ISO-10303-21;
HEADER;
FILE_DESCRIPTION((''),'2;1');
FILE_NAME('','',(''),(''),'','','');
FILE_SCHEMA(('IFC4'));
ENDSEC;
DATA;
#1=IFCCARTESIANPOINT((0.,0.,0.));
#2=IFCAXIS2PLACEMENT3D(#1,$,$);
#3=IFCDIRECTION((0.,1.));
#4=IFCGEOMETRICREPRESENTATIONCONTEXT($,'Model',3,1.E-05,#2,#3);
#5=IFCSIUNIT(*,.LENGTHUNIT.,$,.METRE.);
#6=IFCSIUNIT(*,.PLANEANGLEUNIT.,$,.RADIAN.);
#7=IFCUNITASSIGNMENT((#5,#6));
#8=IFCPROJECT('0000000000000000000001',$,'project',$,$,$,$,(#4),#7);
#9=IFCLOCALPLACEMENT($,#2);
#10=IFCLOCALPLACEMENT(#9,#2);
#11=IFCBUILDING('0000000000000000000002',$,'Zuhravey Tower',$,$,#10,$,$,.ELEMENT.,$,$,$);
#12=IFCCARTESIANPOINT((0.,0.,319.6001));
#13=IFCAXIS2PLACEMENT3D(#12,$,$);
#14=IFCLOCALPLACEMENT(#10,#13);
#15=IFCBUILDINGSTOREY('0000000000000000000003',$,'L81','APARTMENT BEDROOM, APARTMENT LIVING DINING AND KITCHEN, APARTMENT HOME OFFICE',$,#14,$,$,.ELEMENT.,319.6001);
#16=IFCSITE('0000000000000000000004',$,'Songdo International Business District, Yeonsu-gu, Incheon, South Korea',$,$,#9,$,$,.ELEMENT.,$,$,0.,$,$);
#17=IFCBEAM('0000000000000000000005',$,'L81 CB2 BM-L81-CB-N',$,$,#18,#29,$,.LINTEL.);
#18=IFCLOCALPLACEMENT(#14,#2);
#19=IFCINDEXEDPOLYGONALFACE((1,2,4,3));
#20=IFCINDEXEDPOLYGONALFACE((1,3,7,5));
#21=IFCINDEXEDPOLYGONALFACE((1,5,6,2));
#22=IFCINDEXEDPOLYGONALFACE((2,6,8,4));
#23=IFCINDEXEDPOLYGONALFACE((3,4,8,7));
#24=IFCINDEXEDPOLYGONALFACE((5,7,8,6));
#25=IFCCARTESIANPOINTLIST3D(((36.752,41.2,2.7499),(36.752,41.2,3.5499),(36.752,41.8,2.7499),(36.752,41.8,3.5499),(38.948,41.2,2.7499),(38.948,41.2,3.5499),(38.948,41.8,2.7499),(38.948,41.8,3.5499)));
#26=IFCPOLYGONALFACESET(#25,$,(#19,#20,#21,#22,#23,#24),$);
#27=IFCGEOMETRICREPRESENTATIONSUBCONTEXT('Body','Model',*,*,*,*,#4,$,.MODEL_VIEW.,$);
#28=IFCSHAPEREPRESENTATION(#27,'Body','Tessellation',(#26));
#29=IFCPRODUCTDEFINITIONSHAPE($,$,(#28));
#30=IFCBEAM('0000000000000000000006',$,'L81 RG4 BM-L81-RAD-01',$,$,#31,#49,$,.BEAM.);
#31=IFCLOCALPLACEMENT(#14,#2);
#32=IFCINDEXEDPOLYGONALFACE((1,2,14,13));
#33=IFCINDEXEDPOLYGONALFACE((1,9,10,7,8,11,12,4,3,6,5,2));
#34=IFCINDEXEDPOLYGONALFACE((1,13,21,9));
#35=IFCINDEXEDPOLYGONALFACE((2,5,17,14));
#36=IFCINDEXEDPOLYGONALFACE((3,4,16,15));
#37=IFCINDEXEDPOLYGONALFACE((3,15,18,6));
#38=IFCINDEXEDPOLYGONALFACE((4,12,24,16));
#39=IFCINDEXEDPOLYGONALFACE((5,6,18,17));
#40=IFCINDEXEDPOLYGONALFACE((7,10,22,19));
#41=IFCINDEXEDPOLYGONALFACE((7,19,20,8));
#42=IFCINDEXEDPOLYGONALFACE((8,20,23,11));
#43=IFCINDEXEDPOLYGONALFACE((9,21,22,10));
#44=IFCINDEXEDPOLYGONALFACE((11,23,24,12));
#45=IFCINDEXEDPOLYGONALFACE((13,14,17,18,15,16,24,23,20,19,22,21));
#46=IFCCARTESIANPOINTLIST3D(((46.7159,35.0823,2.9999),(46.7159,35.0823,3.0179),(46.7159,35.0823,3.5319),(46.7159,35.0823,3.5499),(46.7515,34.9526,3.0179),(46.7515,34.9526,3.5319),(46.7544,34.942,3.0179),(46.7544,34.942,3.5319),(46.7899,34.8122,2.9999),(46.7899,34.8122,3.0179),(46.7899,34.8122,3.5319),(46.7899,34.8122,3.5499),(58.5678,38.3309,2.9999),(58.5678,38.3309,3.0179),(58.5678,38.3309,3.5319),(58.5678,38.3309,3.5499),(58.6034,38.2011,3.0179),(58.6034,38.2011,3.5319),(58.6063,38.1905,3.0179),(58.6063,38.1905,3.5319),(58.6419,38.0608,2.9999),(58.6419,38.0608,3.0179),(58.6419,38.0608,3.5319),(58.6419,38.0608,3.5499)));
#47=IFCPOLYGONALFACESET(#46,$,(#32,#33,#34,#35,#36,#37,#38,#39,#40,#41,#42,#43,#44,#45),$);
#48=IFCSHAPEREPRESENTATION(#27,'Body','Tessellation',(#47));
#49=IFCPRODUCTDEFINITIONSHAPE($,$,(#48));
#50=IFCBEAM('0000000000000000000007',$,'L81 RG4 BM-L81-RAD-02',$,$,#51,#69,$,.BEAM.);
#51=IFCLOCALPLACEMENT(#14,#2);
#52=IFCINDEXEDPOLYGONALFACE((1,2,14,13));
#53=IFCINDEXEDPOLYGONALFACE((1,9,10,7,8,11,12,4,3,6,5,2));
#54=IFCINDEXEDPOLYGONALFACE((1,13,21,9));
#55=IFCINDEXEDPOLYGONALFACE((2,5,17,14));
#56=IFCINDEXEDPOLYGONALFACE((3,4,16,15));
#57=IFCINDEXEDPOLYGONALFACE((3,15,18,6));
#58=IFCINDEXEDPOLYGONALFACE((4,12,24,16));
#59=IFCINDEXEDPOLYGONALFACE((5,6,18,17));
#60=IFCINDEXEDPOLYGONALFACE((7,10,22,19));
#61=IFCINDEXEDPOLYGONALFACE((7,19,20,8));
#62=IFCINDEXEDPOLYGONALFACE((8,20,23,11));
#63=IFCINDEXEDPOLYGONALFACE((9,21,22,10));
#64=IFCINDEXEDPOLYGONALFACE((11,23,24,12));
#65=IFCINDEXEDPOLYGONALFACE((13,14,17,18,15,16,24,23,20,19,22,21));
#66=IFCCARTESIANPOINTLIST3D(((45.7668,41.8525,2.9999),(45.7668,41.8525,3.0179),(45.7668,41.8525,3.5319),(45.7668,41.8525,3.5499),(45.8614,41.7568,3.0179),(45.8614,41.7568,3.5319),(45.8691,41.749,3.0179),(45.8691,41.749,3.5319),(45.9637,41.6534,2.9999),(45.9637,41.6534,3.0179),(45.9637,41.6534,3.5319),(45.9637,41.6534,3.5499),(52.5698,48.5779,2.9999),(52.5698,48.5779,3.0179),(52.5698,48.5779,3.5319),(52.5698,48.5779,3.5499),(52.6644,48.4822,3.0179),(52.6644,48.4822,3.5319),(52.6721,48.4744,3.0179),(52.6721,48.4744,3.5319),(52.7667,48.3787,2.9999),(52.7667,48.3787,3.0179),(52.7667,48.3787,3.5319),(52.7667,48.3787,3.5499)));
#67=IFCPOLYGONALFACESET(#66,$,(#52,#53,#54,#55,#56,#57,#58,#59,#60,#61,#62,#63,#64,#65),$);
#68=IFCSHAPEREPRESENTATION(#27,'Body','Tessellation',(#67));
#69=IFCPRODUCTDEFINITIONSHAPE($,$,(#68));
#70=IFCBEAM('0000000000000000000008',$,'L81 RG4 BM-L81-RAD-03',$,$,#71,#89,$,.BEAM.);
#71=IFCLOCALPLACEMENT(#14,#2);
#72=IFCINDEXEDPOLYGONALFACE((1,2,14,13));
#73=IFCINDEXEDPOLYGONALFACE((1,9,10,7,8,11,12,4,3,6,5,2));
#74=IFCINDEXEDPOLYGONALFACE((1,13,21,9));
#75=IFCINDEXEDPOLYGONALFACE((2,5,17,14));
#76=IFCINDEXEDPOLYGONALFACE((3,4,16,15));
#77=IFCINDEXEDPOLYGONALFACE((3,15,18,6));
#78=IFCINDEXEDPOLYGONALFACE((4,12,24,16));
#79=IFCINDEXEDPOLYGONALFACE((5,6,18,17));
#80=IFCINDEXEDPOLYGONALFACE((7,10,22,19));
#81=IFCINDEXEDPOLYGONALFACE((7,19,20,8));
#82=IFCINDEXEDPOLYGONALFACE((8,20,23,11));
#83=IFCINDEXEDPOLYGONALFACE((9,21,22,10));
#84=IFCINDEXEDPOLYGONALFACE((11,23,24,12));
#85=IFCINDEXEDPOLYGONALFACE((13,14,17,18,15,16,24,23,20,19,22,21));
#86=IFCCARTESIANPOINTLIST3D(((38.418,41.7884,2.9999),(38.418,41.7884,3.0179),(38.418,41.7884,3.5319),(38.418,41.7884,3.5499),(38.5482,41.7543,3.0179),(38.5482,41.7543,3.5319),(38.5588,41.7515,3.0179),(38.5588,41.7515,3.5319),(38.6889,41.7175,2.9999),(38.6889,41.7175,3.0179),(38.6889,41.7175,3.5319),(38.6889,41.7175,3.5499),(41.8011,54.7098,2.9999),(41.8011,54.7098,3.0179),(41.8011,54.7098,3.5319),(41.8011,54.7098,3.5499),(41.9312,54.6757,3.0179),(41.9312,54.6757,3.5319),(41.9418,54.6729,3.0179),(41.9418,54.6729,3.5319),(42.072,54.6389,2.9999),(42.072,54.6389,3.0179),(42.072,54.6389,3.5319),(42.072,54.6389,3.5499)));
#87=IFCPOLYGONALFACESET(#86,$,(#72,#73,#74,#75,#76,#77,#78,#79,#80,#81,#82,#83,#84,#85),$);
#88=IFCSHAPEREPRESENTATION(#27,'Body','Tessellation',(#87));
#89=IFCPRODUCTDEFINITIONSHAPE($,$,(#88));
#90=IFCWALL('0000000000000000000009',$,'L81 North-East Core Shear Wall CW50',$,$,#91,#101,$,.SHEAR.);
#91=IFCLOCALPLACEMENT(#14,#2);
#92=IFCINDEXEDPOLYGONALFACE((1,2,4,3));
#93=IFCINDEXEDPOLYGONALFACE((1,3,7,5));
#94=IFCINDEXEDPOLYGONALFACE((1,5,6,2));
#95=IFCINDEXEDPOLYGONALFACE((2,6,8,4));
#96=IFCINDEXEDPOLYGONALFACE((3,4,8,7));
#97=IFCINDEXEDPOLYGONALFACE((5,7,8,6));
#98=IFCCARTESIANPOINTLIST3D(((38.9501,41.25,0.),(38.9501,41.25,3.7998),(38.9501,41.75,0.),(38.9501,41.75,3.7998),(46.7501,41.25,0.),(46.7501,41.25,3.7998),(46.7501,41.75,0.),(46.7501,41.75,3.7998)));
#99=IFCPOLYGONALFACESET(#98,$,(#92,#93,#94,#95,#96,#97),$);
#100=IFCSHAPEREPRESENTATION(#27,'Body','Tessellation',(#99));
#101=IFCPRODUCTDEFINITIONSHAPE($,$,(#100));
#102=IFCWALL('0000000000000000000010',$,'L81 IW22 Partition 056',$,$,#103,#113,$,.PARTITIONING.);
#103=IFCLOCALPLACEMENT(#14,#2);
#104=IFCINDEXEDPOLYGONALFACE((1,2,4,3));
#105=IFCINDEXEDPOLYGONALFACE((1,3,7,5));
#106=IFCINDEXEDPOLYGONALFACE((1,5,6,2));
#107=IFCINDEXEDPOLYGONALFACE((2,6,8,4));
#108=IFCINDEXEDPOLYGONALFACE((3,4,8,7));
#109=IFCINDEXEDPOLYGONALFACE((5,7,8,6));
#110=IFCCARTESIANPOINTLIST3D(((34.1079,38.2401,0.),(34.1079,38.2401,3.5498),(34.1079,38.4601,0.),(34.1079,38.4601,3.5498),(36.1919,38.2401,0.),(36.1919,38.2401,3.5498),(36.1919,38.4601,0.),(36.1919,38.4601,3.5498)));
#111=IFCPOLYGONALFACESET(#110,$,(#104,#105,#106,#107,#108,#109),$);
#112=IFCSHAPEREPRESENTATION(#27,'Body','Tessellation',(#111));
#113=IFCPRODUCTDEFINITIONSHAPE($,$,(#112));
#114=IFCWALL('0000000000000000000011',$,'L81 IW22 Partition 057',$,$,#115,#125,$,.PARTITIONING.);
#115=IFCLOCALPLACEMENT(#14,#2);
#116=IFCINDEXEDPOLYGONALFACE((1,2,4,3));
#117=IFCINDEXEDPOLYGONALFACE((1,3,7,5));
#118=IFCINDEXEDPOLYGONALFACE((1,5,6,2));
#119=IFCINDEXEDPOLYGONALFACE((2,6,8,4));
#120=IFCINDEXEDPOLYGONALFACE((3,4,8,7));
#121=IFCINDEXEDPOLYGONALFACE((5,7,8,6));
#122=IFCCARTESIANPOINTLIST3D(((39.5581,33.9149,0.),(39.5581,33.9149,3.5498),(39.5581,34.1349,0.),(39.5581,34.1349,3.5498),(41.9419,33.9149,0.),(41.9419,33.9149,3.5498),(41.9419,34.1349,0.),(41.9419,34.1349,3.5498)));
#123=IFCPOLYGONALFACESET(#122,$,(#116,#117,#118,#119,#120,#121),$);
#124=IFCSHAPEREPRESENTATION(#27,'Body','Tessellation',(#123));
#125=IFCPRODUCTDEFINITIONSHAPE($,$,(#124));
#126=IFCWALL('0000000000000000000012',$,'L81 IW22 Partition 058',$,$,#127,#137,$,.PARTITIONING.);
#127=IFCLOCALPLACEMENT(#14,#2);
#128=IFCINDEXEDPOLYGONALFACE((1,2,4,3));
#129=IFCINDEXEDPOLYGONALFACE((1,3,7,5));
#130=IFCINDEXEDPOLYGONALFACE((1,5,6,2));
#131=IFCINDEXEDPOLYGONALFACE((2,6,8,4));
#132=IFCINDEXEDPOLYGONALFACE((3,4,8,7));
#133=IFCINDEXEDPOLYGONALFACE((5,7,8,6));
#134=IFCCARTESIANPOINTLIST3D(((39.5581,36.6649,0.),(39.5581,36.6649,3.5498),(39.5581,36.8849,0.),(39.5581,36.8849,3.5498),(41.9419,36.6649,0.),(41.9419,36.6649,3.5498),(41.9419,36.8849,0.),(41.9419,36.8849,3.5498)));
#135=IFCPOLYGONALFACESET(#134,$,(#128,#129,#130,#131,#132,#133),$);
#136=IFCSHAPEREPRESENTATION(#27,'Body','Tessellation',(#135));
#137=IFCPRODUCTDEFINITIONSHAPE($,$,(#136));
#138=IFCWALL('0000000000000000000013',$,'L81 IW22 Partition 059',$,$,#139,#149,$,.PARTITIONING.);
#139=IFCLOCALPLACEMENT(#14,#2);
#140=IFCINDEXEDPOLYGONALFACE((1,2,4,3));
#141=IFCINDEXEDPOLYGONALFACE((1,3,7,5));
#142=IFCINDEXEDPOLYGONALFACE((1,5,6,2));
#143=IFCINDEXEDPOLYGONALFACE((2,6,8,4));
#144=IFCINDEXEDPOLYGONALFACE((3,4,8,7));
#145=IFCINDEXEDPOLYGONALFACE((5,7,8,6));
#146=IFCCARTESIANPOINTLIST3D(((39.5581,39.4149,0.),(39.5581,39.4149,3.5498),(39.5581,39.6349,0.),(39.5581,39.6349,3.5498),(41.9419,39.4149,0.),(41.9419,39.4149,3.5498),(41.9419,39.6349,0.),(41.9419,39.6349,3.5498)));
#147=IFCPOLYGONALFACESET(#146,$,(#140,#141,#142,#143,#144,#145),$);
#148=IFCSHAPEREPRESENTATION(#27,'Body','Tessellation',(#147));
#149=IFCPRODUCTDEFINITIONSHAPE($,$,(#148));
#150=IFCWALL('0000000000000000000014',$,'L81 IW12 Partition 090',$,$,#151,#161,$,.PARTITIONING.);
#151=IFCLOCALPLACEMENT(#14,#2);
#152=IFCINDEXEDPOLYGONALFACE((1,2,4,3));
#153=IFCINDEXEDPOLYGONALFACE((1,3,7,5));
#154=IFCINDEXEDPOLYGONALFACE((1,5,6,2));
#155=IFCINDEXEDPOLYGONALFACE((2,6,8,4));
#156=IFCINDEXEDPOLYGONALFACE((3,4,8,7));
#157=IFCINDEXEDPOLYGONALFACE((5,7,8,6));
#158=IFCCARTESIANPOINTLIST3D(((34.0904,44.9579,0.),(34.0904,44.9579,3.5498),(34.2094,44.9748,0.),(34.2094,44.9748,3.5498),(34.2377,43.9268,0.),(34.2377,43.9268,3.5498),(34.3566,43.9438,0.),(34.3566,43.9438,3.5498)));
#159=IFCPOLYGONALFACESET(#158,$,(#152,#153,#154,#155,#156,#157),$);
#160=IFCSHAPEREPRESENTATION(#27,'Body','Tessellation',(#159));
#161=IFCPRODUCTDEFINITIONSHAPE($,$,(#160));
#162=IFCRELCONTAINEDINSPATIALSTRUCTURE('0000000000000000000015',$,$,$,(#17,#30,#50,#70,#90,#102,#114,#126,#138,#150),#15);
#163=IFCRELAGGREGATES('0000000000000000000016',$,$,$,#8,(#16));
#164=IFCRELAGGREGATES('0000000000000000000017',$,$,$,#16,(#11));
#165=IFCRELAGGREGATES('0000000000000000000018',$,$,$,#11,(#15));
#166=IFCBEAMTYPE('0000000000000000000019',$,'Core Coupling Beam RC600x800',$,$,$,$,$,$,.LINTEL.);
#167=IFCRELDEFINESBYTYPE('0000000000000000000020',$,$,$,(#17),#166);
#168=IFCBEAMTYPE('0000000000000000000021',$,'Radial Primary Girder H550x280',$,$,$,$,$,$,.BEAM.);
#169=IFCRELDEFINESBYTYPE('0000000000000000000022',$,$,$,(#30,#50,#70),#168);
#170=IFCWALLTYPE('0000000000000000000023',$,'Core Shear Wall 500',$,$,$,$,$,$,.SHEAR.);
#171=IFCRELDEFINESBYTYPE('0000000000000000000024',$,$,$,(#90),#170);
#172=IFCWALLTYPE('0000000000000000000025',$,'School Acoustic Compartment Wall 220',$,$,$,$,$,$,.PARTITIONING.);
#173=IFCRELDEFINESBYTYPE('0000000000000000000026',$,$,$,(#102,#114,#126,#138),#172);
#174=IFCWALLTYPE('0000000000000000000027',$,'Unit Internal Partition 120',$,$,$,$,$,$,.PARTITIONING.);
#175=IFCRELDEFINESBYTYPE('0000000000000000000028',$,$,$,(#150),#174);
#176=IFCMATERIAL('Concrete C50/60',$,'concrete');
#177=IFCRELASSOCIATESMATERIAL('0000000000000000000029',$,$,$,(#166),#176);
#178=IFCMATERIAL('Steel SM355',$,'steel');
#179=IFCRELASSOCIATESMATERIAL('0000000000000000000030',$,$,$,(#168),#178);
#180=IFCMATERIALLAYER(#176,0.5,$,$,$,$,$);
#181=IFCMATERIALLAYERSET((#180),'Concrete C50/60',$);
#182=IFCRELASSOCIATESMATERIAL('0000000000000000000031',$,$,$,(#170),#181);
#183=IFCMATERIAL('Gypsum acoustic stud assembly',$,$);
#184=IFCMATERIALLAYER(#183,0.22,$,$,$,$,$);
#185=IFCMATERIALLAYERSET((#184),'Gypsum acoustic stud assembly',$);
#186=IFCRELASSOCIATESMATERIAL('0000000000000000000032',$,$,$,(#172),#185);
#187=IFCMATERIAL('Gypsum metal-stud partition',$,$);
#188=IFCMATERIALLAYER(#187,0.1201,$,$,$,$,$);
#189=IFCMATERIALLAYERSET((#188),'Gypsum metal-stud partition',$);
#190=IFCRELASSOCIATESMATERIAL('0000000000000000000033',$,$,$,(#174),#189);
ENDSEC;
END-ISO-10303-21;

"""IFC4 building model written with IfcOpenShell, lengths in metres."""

from ifc_helpers import new_model, si_unit, direction, frame, frame_2d, origin, origin_2d, place, context, subcontext, project, spatial, rectangle, i_section, extrude, material, layer, layer_set, material_profile, profile_set, type_object, element, save


model = new_model("IFC4")

# Units and contexts
model_context = context("Model", 3, precision=1e-05, world=origin(), true_north=direction((0.0, 1.0)))
body_context = subcontext(model_context, "Body", "Model", "MODEL_VIEW")
ifc_project = project(units=[si_unit("LENGTHUNIT", "METRE"), si_unit("PLANEANGLEUNIT", "RADIAN")], contexts=[model_context])

# Site, building, storey
site_placement = place(None, origin())
site = spatial("IfcSite", under=ifc_project, at=site_placement, Name="Songdo International Business District, Yeonsu-gu, Incheon, South Korea", CompositionType="ELEMENT", RefElevation=0.0)
building_placement = place(site_placement, origin())
building = spatial("IfcBuilding", under=site, at=building_placement, Name="Zuhravey Tower", CompositionType="ELEMENT")
storey_placement = place(building_placement, frame((0.0, 0.0, 319.6001)))
storey = spatial("IfcBuildingStorey", under=building, at=storey_placement, Name="L81", Description="APARTMENT BEDROOM, APARTMENT LIVING DINING AND KITCHEN, APARTMENT HOME OFFICE", CompositionType="ELEMENT", Elevation=319.6001)

# Beams
ifc_material_1 = material(Name="Concrete C50/60", Category="concrete")
ifc_material_profile_1 = material_profile(ifc_material_1, rectangle(XDim=0.6001, YDim=0.8, at=origin_2d()), Name="RC-600x800")
ifc_profile_set_1 = profile_set([ifc_material_profile_1], Name="Concrete C50/60")
beam_type_1 = type_object("IfcBeamType", Name="Core Coupling Beam RC600x800", PredefinedType="LINTEL", material=ifc_profile_set_1)
beam_1_placement = place(storey_placement, frame((36.752, 41.5, 3.1499), z_axis=(1.0, 0.0, 0.0), x_axis=(0.0, 1.0, 0.0)))
element("IfcBeam", 1, at=beam_1_placement, inside=storey, type_object=beam_type_1, Name="L81 CB2 BM-L81-CB-N", PredefinedType="LINTEL", context=body_context, shape_type="SweptSolid", body=[
    extrude(rectangle(XDim=0.6001, YDim=0.8, at=origin_2d()), origin(), (0.0, 0.0, 1.0), 2.196),
])
ifc_material_2 = material(Name="Steel SM355", Category="steel")
ifc_material_profile_2 = material_profile(ifc_material_2, i_section(OverallWidth=0.28, OverallDepth=0.55, WebThickness=0.011, FlangeThickness=0.0181, at=origin_2d()), Name="H-550x280x11x18")
ifc_profile_set_2 = profile_set([ifc_material_profile_2], Name="Steel SM355")
beam_type_2 = type_object("IfcBeamType", Name="Radial Primary Girder H550x280", PredefinedType="BEAM", material=ifc_profile_set_2)
beam_2_placement = place(storey_placement, frame((46.7529, 34.9473, 3.2749), z_axis=(0.964428, 0.264346, 0.0), x_axis=(-0.264346, 0.964428, 0.0)))
element("IfcBeam", 2, at=beam_2_placement, inside=storey, type_object=beam_type_2, Name="L81 RG4 BM-L81-RAD-01", PredefinedType="BEAM", context=body_context, shape_type="SweptSolid", body=[
    extrude(i_section(OverallWidth=0.28, OverallDepth=0.55, WebThickness=0.011, FlangeThickness=0.0181, at=origin_2d()), origin(), (0.0, 0.0, 1.0), 12.2891),
])
beam_3_placement = place(storey_placement, frame((45.8652, 41.7529, 3.2749), z_axis=(0.711153, 0.703037, 0.0), x_axis=(-0.703037, 0.711153, 0.0)))
element("IfcBeam", 3, at=beam_3_placement, inside=storey, type_object=beam_type_2, Name="L81 RG4 BM-L81-RAD-02", PredefinedType="BEAM", context=body_context, shape_type="SweptSolid", body=[
    extrude(i_section(OverallWidth=0.28, OverallDepth=0.55, WebThickness=0.011, FlangeThickness=0.0181, at=origin_2d()), origin(), (0.0, 0.0, 1.0), 9.5662),
])
beam_4_placement = place(storey_placement, frame((38.5535, 41.7529, 3.2749), z_axis=(0.253281, 0.967393, 0.0), x_axis=(-0.967393, 0.253281, 0.0)))
element("IfcBeam", 4, at=beam_4_placement, inside=storey, type_object=beam_type_2, Name="L81 RG4 BM-L81-RAD-03", PredefinedType="BEAM", context=body_context, shape_type="SweptSolid", body=[
    extrude(i_section(OverallWidth=0.28, OverallDepth=0.55, WebThickness=0.011, FlangeThickness=0.0181, at=origin_2d()), origin(), (0.0, 0.0, 1.0), 13.3569),
])

# Wall
ifc_layer_1 = layer(ifc_material_1, 0.5)
ifc_layer_set_1 = layer_set([ifc_layer_1], Name="Concrete C50/60")
wall_type_1 = type_object("IfcWallType", Name="Core Shear Wall 500", PredefinedType="SHEAR", material=ifc_layer_set_1)
wall_1_placement = place(storey_placement, frame((46.75, 41.5, 0.0), z_axis=(0.0, 0.0, 1.0), x_axis=(-1.0, 0.0, 0.0)))
element("IfcWall", 5, at=wall_1_placement, inside=storey, type_object=wall_type_1, Name="L81 North-East Core Shear Wall CW50", PredefinedType="SHEAR", context=body_context, shape_type="SweptSolid", body=[
    extrude(rectangle(XDim=7.8, YDim=0.5, at=frame_2d((3.8999, 0.0))), origin(), (0.0, 0.0, 1.0), 3.7998),
])

# Walls
ifc_material_3 = material(Name="Gypsum acoustic stud assembly")
ifc_layer_2 = layer(ifc_material_3, 0.22)
ifc_layer_set_2 = layer_set([ifc_layer_2], Name="Gypsum acoustic stud assembly")
wall_type_2 = type_object("IfcWallType", Name="School Acoustic Compartment Wall 220", PredefinedType="PARTITIONING", material=ifc_layer_set_2)
wall_2_placement = place(storey_placement, frame((34.1079, 38.3501, 0.0), z_axis=(0.0, 0.0, 1.0), x_axis=(1.0, 0.0, 0.0)))
element("IfcWall", 6, at=wall_2_placement, inside=storey, type_object=wall_type_2, Name="L81 IW22 Partition 056", PredefinedType="PARTITIONING", context=body_context, shape_type="SweptSolid", body=[
    extrude(rectangle(XDim=2.084, YDim=0.22, at=frame_2d((1.042, 0.0))), origin(), (0.0, 0.0, 1.0), 3.5498),
])
for number, where, z_axis, x_axis, name in (
    (7, (39.5581, 34.0249, 0.0), (0.0, 0.0, 1.0), (1.0, 0.0, 0.0), "L81 IW22 Partition 057"),
    (8, (39.5581, 36.7749, 0.0), (0.0, 0.0, 1.0), (1.0, 0.0, 0.0), "L81 IW22 Partition 058"),
    (9, (39.5581, 39.5249, 0.0), (0.0, 0.0, 1.0), (1.0, 0.0, 0.0), "L81 IW22 Partition 059"),
):
    element("IfcWall", number, at=place(storey_placement, frame(where, z_axis=z_axis, x_axis=x_axis)), inside=storey, type_object=wall_type_2, Name=name, PredefinedType="PARTITIONING", context=body_context, shape_type="SweptSolid", body=[
        extrude(rectangle(XDim=2.3838, YDim=0.22, at=frame_2d((1.1919, 0.0))), origin(), (0.0, 0.0, 1.0), 3.5498),
    ])
ifc_material_4 = material(Name="Gypsum metal-stud partition")
ifc_layer_3 = layer(ifc_material_4, 0.1201)
ifc_layer_set_3 = layer_set([ifc_layer_3], Name="Gypsum metal-stud partition")
wall_type_3 = type_object("IfcWallType", Name="Unit Internal Partition 120", PredefinedType="PARTITIONING", material=ifc_layer_set_3)
wall_3_placement = place(storey_placement, frame((34.2971, 43.9353, 0.0), z_axis=(0.0, 0.0, 1.0), x_axis=(-0.141356, 0.989959, 0.0)))
element("IfcWall", 10, at=wall_3_placement, inside=storey, type_object=wall_type_3, Name="L81 IW12 Partition 090", PredefinedType="PARTITIONING", context=body_context, shape_type="SweptSolid", body=[
    extrude(rectangle(XDim=1.0415, YDim=0.1201, at=frame_2d((0.5208, 0.0))), origin(), (0.0, 0.0, 1.0), 3.5498),
])

save(model, "model.ifc")
